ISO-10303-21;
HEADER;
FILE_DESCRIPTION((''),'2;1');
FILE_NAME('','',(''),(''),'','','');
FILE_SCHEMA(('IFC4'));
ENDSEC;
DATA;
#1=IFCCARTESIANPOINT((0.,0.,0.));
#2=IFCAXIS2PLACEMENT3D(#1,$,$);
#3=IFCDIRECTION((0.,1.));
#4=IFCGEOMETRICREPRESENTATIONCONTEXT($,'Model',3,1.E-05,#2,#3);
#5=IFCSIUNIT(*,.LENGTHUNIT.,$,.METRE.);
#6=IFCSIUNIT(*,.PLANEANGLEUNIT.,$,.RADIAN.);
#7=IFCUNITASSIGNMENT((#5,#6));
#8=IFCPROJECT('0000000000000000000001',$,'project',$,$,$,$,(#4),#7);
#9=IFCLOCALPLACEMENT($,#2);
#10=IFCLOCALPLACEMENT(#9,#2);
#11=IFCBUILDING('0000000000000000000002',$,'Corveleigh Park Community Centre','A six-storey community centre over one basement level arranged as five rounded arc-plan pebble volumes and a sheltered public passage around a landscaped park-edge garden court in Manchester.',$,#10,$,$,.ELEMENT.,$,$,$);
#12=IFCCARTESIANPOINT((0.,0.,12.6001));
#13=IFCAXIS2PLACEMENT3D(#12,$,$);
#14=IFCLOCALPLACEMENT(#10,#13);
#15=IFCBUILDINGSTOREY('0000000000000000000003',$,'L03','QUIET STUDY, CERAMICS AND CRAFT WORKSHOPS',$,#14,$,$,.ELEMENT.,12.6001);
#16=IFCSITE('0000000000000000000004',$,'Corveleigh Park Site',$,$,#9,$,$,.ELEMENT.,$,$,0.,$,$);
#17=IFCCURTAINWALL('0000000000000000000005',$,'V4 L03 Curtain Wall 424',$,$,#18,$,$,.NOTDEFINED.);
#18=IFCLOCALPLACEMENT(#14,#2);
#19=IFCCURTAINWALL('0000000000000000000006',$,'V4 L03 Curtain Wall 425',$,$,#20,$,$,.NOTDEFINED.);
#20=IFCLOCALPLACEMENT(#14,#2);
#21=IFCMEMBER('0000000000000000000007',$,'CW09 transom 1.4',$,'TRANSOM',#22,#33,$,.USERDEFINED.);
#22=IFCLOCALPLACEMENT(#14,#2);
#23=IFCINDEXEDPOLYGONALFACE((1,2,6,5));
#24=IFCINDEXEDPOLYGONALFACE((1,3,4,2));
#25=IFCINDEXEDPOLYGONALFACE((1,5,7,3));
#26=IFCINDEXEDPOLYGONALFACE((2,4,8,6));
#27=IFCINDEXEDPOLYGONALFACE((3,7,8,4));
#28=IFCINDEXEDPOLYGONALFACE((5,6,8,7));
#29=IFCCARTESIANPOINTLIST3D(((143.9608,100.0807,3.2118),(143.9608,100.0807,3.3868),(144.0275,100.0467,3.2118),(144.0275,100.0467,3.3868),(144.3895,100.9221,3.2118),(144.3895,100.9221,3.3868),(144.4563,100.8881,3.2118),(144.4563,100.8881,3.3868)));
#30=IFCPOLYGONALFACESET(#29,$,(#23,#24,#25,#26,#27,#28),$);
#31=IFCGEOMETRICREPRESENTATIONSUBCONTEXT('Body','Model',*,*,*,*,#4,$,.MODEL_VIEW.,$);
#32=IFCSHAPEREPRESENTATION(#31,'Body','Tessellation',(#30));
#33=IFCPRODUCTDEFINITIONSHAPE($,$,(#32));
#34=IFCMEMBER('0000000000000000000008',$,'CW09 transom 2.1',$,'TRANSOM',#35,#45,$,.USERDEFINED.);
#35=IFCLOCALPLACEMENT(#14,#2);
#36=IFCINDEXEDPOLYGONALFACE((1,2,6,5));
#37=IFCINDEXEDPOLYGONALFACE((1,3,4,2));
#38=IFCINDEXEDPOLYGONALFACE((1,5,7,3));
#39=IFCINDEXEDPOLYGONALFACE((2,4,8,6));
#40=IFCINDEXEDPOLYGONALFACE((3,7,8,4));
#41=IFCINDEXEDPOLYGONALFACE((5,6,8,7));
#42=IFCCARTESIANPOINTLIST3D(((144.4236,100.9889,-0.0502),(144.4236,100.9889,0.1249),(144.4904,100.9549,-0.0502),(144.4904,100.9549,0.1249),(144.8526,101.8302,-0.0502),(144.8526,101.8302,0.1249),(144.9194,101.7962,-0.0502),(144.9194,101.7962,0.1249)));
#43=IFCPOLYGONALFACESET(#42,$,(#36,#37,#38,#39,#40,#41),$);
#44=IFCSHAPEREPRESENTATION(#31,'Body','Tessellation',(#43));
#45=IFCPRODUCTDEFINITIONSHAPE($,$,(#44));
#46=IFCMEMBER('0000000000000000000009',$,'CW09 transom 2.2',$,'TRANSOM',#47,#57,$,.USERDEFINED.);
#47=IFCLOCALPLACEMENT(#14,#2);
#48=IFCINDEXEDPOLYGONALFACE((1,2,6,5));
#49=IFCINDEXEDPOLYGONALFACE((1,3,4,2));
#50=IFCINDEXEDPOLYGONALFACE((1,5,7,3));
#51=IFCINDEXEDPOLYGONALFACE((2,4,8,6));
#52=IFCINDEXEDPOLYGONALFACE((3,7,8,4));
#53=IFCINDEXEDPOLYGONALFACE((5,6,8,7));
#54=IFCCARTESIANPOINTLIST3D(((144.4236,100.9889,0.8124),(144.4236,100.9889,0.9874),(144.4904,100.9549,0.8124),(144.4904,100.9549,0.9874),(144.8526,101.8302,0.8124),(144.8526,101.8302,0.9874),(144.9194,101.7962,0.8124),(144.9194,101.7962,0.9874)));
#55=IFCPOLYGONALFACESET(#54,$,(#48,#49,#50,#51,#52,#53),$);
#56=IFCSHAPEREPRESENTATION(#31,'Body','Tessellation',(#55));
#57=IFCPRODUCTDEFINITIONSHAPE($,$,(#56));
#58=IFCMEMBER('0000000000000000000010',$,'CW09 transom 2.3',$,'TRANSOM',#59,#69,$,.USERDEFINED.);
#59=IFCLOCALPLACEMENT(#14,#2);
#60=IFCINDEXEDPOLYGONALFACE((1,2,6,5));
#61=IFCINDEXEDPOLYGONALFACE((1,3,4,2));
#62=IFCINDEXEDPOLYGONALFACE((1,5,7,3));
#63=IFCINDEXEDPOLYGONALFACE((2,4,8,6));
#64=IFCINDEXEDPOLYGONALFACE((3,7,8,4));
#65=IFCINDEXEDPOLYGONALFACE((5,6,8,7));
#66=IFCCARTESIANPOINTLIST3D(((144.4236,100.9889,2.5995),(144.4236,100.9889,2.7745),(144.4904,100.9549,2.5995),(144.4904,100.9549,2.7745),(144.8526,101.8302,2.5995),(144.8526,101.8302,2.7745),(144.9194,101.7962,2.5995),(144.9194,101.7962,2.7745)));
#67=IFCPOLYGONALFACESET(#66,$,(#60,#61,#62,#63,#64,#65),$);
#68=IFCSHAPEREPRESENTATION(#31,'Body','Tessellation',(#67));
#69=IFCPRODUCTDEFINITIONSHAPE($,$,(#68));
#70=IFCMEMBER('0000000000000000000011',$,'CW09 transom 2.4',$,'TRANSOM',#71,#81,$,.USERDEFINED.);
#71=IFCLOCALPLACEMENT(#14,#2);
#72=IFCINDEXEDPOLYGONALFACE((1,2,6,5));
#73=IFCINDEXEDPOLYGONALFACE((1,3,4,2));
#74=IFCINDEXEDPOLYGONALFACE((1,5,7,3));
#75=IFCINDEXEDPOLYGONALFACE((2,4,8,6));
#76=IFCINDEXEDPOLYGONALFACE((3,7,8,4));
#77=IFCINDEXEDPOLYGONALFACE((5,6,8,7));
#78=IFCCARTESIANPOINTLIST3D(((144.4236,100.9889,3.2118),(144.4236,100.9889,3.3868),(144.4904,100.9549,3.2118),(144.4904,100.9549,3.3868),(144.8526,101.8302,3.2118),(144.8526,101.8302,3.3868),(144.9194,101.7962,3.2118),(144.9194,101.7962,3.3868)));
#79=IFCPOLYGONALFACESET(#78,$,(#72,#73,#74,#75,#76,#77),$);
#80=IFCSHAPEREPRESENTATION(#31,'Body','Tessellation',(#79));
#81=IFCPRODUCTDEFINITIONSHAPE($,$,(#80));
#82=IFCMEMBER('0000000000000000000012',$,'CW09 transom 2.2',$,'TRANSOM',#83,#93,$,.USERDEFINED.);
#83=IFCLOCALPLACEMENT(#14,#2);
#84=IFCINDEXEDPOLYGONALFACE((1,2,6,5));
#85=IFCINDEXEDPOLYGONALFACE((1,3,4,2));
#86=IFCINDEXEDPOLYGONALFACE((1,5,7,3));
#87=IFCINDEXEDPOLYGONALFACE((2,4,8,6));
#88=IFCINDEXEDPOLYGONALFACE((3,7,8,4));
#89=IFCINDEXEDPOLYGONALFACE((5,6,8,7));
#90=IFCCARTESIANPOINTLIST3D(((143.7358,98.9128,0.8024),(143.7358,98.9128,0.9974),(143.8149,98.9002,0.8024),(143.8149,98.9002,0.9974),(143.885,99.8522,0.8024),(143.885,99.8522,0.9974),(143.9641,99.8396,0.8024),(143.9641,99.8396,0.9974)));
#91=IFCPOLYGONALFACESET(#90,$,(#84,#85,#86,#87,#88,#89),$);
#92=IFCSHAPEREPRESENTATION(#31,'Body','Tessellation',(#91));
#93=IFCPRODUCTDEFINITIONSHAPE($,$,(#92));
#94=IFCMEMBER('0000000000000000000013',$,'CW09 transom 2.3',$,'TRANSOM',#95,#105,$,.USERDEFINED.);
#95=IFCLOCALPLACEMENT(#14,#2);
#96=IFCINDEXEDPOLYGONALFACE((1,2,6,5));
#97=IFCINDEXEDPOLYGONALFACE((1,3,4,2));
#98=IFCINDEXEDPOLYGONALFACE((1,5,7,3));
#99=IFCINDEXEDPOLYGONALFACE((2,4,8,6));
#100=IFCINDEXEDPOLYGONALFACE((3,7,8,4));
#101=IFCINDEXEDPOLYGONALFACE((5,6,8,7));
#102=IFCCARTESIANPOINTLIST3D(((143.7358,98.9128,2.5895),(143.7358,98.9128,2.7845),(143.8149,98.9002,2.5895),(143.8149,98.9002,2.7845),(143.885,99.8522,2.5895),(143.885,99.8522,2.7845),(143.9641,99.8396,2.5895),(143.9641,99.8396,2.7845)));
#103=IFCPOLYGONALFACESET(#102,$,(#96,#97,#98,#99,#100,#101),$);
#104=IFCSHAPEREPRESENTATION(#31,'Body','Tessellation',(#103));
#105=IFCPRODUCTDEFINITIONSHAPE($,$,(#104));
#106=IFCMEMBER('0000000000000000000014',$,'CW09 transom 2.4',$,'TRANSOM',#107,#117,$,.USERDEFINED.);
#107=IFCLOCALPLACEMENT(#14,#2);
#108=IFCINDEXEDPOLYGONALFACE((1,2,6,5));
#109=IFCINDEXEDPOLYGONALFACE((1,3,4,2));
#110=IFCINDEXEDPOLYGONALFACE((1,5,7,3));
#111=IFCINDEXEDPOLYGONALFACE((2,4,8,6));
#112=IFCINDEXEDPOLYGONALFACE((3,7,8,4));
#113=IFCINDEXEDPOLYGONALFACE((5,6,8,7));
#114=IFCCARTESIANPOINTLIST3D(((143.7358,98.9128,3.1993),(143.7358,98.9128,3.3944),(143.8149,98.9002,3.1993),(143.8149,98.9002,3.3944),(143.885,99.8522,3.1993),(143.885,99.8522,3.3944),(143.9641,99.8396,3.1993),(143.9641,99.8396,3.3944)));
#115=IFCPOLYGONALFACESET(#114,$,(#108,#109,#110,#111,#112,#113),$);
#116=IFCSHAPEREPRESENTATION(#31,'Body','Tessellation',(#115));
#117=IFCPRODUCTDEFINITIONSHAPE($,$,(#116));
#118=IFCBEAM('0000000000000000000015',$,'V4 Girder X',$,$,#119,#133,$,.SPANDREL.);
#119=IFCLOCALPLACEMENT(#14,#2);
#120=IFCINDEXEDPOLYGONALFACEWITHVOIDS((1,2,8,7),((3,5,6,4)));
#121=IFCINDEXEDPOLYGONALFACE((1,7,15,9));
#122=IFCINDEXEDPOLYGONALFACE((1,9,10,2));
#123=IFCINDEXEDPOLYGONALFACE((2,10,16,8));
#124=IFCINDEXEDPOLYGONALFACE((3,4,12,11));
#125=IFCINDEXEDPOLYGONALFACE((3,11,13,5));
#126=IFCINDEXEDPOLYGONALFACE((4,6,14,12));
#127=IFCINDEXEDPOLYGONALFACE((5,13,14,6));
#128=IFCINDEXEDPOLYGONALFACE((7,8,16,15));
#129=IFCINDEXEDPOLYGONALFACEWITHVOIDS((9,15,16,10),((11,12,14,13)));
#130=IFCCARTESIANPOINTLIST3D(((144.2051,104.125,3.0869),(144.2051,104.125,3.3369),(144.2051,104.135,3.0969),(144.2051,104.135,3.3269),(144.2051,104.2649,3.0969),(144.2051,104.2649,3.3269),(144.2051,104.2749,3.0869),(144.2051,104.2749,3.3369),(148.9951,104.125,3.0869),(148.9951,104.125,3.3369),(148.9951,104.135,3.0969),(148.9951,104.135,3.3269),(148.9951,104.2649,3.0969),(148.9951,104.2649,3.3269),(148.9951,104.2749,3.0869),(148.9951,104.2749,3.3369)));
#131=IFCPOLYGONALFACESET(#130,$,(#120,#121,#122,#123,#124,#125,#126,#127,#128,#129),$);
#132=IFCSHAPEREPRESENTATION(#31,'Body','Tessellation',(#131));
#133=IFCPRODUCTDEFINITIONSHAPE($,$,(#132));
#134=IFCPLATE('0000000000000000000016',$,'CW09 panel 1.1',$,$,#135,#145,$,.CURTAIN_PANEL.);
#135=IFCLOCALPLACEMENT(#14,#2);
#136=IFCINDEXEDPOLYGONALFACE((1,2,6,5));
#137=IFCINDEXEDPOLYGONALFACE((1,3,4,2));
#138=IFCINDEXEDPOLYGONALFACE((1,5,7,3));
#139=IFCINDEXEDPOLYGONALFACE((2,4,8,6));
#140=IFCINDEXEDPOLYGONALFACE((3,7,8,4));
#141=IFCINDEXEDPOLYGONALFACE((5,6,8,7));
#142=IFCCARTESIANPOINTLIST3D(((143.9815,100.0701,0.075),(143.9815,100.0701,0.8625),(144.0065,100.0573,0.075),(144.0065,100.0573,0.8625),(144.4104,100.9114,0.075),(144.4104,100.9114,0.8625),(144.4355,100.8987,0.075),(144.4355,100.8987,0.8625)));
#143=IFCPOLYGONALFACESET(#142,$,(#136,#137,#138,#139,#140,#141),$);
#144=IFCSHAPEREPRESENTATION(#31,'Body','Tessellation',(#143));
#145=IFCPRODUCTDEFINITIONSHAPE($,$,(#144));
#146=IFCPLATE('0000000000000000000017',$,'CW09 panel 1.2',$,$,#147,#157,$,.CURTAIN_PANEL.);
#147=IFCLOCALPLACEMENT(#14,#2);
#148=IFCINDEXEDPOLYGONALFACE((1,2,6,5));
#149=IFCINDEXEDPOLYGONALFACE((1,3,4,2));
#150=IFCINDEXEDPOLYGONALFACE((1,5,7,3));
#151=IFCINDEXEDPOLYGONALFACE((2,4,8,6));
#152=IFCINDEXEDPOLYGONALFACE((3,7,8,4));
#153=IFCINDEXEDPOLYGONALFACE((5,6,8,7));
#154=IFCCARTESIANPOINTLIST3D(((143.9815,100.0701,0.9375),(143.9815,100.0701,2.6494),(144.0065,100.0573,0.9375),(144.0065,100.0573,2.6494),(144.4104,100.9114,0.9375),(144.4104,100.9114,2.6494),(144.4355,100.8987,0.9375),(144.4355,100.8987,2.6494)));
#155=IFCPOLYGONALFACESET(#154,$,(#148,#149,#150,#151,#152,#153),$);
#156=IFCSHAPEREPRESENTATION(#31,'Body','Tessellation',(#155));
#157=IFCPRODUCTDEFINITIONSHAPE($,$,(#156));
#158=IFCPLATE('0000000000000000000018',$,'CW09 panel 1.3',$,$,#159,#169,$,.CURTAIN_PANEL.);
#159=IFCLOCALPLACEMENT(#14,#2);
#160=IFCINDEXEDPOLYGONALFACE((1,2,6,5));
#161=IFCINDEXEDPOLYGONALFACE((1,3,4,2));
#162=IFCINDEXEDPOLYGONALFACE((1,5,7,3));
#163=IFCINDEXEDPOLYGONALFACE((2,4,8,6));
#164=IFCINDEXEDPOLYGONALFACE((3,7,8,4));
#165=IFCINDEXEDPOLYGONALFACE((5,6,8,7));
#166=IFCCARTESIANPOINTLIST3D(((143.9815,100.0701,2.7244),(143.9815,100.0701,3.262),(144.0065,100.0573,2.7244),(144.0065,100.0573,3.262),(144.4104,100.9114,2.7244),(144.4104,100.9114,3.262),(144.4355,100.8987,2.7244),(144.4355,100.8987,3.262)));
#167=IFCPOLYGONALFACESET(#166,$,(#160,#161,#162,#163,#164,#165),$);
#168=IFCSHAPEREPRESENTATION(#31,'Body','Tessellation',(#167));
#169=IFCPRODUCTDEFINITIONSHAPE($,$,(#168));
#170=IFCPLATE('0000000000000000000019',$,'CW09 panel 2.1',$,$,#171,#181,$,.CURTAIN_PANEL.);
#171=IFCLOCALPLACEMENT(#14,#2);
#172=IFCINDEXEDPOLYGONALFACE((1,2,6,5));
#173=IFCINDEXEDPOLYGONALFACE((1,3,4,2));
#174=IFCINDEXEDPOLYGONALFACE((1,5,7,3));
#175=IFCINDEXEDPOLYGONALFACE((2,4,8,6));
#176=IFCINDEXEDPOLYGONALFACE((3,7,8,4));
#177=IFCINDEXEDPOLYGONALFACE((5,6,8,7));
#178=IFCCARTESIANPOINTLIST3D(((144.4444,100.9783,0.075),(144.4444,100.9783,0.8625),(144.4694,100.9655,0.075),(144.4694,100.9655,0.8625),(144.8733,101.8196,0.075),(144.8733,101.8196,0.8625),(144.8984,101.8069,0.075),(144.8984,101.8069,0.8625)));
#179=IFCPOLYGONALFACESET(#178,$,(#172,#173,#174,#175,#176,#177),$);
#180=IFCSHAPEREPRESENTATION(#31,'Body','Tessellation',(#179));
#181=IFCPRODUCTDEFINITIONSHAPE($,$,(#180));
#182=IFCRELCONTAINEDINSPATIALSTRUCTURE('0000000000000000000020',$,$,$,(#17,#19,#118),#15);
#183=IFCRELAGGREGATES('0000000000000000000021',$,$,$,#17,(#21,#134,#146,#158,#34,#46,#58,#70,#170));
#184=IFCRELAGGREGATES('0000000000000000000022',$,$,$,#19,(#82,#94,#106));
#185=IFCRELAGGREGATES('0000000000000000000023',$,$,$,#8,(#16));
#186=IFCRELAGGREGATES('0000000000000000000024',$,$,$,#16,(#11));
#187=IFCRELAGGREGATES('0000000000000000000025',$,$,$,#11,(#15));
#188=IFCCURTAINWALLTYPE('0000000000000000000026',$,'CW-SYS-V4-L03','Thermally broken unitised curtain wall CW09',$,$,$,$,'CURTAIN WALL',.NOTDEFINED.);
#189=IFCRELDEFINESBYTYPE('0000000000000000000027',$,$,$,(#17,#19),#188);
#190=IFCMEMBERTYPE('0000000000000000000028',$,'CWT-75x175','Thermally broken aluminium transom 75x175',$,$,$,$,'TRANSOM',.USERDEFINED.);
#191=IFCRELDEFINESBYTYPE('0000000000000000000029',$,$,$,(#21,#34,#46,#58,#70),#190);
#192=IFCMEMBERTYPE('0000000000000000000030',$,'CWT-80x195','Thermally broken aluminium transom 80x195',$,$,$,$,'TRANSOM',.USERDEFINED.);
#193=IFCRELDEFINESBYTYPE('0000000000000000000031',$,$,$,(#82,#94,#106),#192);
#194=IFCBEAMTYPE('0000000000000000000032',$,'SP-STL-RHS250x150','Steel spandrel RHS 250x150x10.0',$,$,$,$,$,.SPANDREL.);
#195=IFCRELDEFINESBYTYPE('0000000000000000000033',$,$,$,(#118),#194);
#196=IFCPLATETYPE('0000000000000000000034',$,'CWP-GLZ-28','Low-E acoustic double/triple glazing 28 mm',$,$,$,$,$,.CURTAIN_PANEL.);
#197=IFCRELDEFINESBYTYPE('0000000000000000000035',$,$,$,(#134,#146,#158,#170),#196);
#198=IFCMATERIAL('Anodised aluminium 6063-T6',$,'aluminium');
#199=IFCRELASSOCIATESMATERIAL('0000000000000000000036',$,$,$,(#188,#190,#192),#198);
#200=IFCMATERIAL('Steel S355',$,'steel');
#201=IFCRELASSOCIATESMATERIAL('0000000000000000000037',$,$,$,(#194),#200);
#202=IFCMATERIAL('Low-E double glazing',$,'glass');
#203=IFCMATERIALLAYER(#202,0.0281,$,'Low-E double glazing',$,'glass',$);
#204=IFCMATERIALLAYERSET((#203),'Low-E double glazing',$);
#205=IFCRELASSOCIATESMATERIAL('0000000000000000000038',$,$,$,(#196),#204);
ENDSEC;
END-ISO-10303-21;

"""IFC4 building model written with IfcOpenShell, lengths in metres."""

from ifc_helpers import new_model, si_unit, direction, frame, origin, origin_2d, place, context, subcontext, project, spatial, rectangle, hollow_rectangle, extrude, material, layer, layer_set, material_profile, profile_set, type_object, element, aggregate, save


model = new_model("IFC4")

# Units and contexts
model_context = context("Model", 3, precision=1e-05, world=origin(), true_north=direction((0.0, 1.0)))
body_context = subcontext(model_context, "Body", "Model", "MODEL_VIEW")
ifc_project = project(units=[si_unit("LENGTHUNIT", "METRE"), si_unit("PLANEANGLEUNIT", "RADIAN")], contexts=[model_context])

# Site, building, storey
site_placement = place(None, origin())
site = spatial("IfcSite", under=ifc_project, at=site_placement, Name="Corveleigh Park Site", CompositionType="ELEMENT", RefElevation=0.0)
building_placement = place(site_placement, origin())
building = spatial("IfcBuilding", under=site, at=building_placement, Name="Corveleigh Park Community Centre", Description="A six-storey community centre over one basement level arranged as five rounded arc-plan pebble volumes and a sheltered public passage around a landscaped park-edge garden court in Manchester.", CompositionType="ELEMENT")
storey_placement = place(building_placement, frame((0.0, 0.0, 12.6001)))
storey = spatial("IfcBuildingStorey", under=building, at=storey_placement, Name="L03", Description="QUIET STUDY, CERAMICS AND CRAFT WORKSHOPS", CompositionType="ELEMENT", Elevation=12.6001)

# Shared definitions
ifc_material_1 = material(Name="Steel S355", Category="steel")

# Shared definitions
ifc_material_2 = material(Name="Anodised aluminium 6063-T6", Category="aluminium")
curtain_wall_type = type_object("IfcCurtainWallType", Name="CW-SYS-V4-L03", Description="Thermally broken unitised curtain wall CW09", ElementType="CURTAIN WALL", PredefinedType="NOTDEFINED", material=ifc_material_2)

# Curtain wall
curtain_wall_1_placement = place(storey_placement, origin())
curtain_wall_1 = element("IfcCurtainWall", 1, at=curtain_wall_1_placement, inside=storey, type_object=curtain_wall_type, Name="V4 L03 Curtain Wall 424", PredefinedType="NOTDEFINED")

# Curtain wall
curtain_wall_2_placement = place(storey_placement, origin())
curtain_wall_2 = element("IfcCurtainWall", 2, at=curtain_wall_2_placement, inside=storey, type_object=curtain_wall_type, Name="V4 L03 Curtain Wall 425", PredefinedType="NOTDEFINED")

# Members
ifc_material_profile_1 = material_profile(ifc_material_2, rectangle(XDim=0.075, YDim=0.175, at=origin_2d()), Name="ALU-T75x175", Category="aluminium")
ifc_profile_set_1 = profile_set([ifc_material_profile_1], Name="Anodised aluminium 6063-T6")
member_type_1 = type_object("IfcMemberType", Name="CWT-75x175", Description="Thermally broken aluminium transom 75x175", ElementType="TRANSOM", PredefinedType="USERDEFINED", material=ifc_profile_set_1)
member_1_placement = place(storey_placement, frame((143.9941, 100.0637, 3.2993), z_axis=(0.454026, 0.890988, 0.0), x_axis=(-0.890988, 0.454026, 0.0)))
member_1 = element("IfcMember", 3, at=member_1_placement, type_object=member_type_1, Name="CW09 transom 1.4", ObjectType="TRANSOM", PredefinedType="USERDEFINED", context=body_context, shape_type="SweptSolid", body=[
    extrude(rectangle(XDim=0.075, YDim=0.175, at=origin_2d()), origin(), (0.0, 0.0, 1.0), 0.9443),
])
member_2_placement = place(storey_placement, frame((144.457, 100.9719, 0.0374), z_axis=(0.454232, 0.890884, 0.0), x_axis=(-0.890884, 0.454232, 0.0)))
member_2 = element("IfcMember", 4, at=member_2_placement, type_object=member_type_1, Name="CW09 transom 2.1", ObjectType="TRANSOM", PredefinedType="USERDEFINED", context=body_context, shape_type="SweptSolid", body=[
    extrude(rectangle(XDim=0.075, YDim=0.175, at=origin_2d()), origin(), (0.0, 0.0, 1.0), 0.9443),
])
member_3_placement = place(storey_placement, frame((144.457, 100.9719, 0.8999), z_axis=(0.454232, 0.890884, 0.0), x_axis=(-0.890884, 0.454232, 0.0)))
member_3 = element("IfcMember", 5, at=member_3_placement, type_object=member_type_1, Name="CW09 transom 2.2", ObjectType="TRANSOM", PredefinedType="USERDEFINED", context=body_context, shape_type="SweptSolid", body=[
    extrude(rectangle(XDim=0.075, YDim=0.175, at=origin_2d()), origin(), (0.0, 0.0, 1.0), 0.9443),
])
member_4_placement = place(storey_placement, frame((144.457, 100.9719, 2.687), z_axis=(0.454232, 0.890884, 0.0), x_axis=(-0.890884, 0.454232, 0.0)))
member_4 = element("IfcMember", 6, at=member_4_placement, type_object=member_type_1, Name="CW09 transom 2.3", ObjectType="TRANSOM", PredefinedType="USERDEFINED", context=body_context, shape_type="SweptSolid", body=[
    extrude(rectangle(XDim=0.075, YDim=0.175, at=origin_2d()), origin(), (0.0, 0.0, 1.0), 0.9443),
])
member_5_placement = place(storey_placement, frame((144.457, 100.9719, 3.2993), z_axis=(0.454232, 0.890884, 0.0), x_axis=(-0.890884, 0.454232, 0.0)))
member_5 = element("IfcMember", 7, at=member_5_placement, type_object=member_type_1, Name="CW09 transom 2.4", ObjectType="TRANSOM", PredefinedType="USERDEFINED", context=body_context, shape_type="SweptSolid", body=[
    extrude(rectangle(XDim=0.075, YDim=0.175, at=origin_2d()), origin(), (0.0, 0.0, 1.0), 0.9443),
])
ifc_material_profile_2 = material_profile(ifc_material_2, rectangle(XDim=0.0801, YDim=0.1951, at=origin_2d()), Name="ALU-T80x195", Category="aluminium")
ifc_profile_set_2 = profile_set([ifc_material_profile_2], Name="Anodised aluminium 6063-T6")
member_type_2 = type_object("IfcMemberType", Name="CWT-80x195", Description="Thermally broken aluminium transom 80x195", ElementType="TRANSOM", PredefinedType="USERDEFINED", material=ifc_profile_set_2)
member_6_placement = place(storey_placement, frame((143.7754, 98.9065, 0.8999), z_axis=(0.156819, 0.987627, 0.0), x_axis=(-0.987627, 0.156819, 0.0)))
member_6 = element("IfcMember", 8, at=member_6_placement, type_object=member_type_2, Name="CW09 transom 2.2", ObjectType="TRANSOM", PredefinedType="USERDEFINED", context=body_context, shape_type="SweptSolid", body=[
    extrude(rectangle(XDim=0.0801, YDim=0.1951, at=origin_2d()), origin(), (0.0, 0.0, 1.0), 0.9512),
])
member_7_placement = place(storey_placement, frame((143.7754, 98.9065, 2.687), z_axis=(0.156819, 0.987627, 0.0), x_axis=(-0.987627, 0.156819, 0.0)))
member_7 = element("IfcMember", 9, at=member_7_placement, type_object=member_type_2, Name="CW09 transom 2.3", ObjectType="TRANSOM", PredefinedType="USERDEFINED", context=body_context, shape_type="SweptSolid", body=[
    extrude(rectangle(XDim=0.0801, YDim=0.1951, at=origin_2d()), origin(), (0.0, 0.0, 1.0), 0.9512),
])
member_8_placement = place(storey_placement, frame((143.7754, 98.9065, 3.2969), z_axis=(0.156819, 0.987627, 0.0), x_axis=(-0.987627, 0.156819, 0.0)))
member_8 = element("IfcMember", 10, at=member_8_placement, type_object=member_type_2, Name="CW09 transom 2.4", ObjectType="TRANSOM", PredefinedType="USERDEFINED", context=body_context, shape_type="SweptSolid", body=[
    extrude(rectangle(XDim=0.0801, YDim=0.1951, at=origin_2d()), origin(), (0.0, 0.0, 1.0), 0.9512),
])

# Beam
ifc_material_profile_3 = material_profile(ifc_material_1, hollow_rectangle(XDim=0.1499, YDim=0.25, WallThickness=0.01, at=origin_2d()), Name="RHS 250x150x10.0", Category="steel")
ifc_profile_set_3 = profile_set([ifc_material_profile_3], Name="Steel S355")
beam_type = type_object("IfcBeamType", Name="SP-STL-RHS250x150", Description="Steel spandrel RHS 250x150x10.0", PredefinedType="SPANDREL", material=ifc_profile_set_3)
beam_placement = place(storey_placement, frame((144.2051, 104.2, 3.2119), z_axis=(1.0, 0.0, 0.0), x_axis=(0.0, 1.0, 0.0)))
element("IfcBeam", 11, at=beam_placement, inside=storey, type_object=beam_type, Name="V4 Girder X", PredefinedType="SPANDREL", context=body_context, shape_type="SweptSolid", body=[
    extrude(hollow_rectangle(XDim=0.1499, YDim=0.25, WallThickness=0.01, at=origin_2d()), origin(), (0.0, 0.0, 1.0), 4.79),
])

# Plates
ifc_material_3 = material(Name="Low-E double glazing", Category="glass")
ifc_layer_1 = layer(ifc_material_3, 0.0281, Name="Low-E double glazing", Category="glass")
ifc_layer_set_1 = layer_set([ifc_layer_1], Name="Low-E double glazing")
plate_type_1 = type_object("IfcPlateType", Name="CWP-GLZ-28", Description="Low-E acoustic double/triple glazing 28 mm", PredefinedType="CURTAIN_PANEL", material=ifc_layer_set_1)
plate_1_placement = place(storey_placement, frame((144.2085, 100.4844, 0.075), z_axis=(0.0, 0.0, 1.0), x_axis=(0.454202, 0.890899, 0.0)))
plate_1 = element("IfcPlate", 12, at=plate_1_placement, type_object=plate_type_1, Name="CW09 panel 1.1", PredefinedType="CURTAIN_PANEL", context=body_context, shape_type="SweptSolid", body=[
    extrude(rectangle(XDim=0.9443, YDim=0.0281, at=origin_2d()), origin(), (0.0, 0.0, 1.0), 0.7876),
])
plate_2_placement = place(storey_placement, frame((144.2085, 100.4844, 0.9375), z_axis=(0.0, 0.0, 1.0), x_axis=(0.454202, 0.890899, 0.0)))
plate_2 = element("IfcPlate", 13, at=plate_2_placement, type_object=plate_type_1, Name="CW09 panel 1.2", PredefinedType="CURTAIN_PANEL", context=body_context, shape_type="SweptSolid", body=[
    extrude(rectangle(XDim=0.9443, YDim=0.0281, at=origin_2d()), origin(), (0.0, 0.0, 1.0), 1.7119),
])
plate_3_placement = place(storey_placement, frame((144.2085, 100.4844, 2.7244), z_axis=(0.0, 0.0, 1.0), x_axis=(0.454202, 0.890899, 0.0)))
plate_3 = element("IfcPlate", 14, at=plate_3_placement, type_object=plate_type_1, Name="CW09 panel 1.3", PredefinedType="CURTAIN_PANEL", context=body_context, shape_type="SweptSolid", body=[
    extrude(rectangle(XDim=0.9443, YDim=0.0281, at=origin_2d()), origin(), (0.0, 0.0, 1.0), 0.5376),
])
plate_4_placement = place(storey_placement, frame((144.6714, 101.3926, 0.075), z_axis=(0.0, 0.0, 1.0), x_axis=(0.454202, 0.890899, 0.0)))
plate_4 = element("IfcPlate", 15, at=plate_4_placement, type_object=plate_type_1, Name="CW09 panel 2.1", PredefinedType="CURTAIN_PANEL", context=body_context, shape_type="SweptSolid", body=[
    extrude(rectangle(XDim=0.9443, YDim=0.0281, at=origin_2d()), origin(), (0.0, 0.0, 1.0), 0.7876),
])
aggregate(curtain_wall_1, [member_1, plate_1, plate_2, plate_3, member_2, member_3, member_4, member_5, plate_4])
aggregate(curtain_wall_2, [member_6, member_7, member_8])

save(model, "model.ifc")
